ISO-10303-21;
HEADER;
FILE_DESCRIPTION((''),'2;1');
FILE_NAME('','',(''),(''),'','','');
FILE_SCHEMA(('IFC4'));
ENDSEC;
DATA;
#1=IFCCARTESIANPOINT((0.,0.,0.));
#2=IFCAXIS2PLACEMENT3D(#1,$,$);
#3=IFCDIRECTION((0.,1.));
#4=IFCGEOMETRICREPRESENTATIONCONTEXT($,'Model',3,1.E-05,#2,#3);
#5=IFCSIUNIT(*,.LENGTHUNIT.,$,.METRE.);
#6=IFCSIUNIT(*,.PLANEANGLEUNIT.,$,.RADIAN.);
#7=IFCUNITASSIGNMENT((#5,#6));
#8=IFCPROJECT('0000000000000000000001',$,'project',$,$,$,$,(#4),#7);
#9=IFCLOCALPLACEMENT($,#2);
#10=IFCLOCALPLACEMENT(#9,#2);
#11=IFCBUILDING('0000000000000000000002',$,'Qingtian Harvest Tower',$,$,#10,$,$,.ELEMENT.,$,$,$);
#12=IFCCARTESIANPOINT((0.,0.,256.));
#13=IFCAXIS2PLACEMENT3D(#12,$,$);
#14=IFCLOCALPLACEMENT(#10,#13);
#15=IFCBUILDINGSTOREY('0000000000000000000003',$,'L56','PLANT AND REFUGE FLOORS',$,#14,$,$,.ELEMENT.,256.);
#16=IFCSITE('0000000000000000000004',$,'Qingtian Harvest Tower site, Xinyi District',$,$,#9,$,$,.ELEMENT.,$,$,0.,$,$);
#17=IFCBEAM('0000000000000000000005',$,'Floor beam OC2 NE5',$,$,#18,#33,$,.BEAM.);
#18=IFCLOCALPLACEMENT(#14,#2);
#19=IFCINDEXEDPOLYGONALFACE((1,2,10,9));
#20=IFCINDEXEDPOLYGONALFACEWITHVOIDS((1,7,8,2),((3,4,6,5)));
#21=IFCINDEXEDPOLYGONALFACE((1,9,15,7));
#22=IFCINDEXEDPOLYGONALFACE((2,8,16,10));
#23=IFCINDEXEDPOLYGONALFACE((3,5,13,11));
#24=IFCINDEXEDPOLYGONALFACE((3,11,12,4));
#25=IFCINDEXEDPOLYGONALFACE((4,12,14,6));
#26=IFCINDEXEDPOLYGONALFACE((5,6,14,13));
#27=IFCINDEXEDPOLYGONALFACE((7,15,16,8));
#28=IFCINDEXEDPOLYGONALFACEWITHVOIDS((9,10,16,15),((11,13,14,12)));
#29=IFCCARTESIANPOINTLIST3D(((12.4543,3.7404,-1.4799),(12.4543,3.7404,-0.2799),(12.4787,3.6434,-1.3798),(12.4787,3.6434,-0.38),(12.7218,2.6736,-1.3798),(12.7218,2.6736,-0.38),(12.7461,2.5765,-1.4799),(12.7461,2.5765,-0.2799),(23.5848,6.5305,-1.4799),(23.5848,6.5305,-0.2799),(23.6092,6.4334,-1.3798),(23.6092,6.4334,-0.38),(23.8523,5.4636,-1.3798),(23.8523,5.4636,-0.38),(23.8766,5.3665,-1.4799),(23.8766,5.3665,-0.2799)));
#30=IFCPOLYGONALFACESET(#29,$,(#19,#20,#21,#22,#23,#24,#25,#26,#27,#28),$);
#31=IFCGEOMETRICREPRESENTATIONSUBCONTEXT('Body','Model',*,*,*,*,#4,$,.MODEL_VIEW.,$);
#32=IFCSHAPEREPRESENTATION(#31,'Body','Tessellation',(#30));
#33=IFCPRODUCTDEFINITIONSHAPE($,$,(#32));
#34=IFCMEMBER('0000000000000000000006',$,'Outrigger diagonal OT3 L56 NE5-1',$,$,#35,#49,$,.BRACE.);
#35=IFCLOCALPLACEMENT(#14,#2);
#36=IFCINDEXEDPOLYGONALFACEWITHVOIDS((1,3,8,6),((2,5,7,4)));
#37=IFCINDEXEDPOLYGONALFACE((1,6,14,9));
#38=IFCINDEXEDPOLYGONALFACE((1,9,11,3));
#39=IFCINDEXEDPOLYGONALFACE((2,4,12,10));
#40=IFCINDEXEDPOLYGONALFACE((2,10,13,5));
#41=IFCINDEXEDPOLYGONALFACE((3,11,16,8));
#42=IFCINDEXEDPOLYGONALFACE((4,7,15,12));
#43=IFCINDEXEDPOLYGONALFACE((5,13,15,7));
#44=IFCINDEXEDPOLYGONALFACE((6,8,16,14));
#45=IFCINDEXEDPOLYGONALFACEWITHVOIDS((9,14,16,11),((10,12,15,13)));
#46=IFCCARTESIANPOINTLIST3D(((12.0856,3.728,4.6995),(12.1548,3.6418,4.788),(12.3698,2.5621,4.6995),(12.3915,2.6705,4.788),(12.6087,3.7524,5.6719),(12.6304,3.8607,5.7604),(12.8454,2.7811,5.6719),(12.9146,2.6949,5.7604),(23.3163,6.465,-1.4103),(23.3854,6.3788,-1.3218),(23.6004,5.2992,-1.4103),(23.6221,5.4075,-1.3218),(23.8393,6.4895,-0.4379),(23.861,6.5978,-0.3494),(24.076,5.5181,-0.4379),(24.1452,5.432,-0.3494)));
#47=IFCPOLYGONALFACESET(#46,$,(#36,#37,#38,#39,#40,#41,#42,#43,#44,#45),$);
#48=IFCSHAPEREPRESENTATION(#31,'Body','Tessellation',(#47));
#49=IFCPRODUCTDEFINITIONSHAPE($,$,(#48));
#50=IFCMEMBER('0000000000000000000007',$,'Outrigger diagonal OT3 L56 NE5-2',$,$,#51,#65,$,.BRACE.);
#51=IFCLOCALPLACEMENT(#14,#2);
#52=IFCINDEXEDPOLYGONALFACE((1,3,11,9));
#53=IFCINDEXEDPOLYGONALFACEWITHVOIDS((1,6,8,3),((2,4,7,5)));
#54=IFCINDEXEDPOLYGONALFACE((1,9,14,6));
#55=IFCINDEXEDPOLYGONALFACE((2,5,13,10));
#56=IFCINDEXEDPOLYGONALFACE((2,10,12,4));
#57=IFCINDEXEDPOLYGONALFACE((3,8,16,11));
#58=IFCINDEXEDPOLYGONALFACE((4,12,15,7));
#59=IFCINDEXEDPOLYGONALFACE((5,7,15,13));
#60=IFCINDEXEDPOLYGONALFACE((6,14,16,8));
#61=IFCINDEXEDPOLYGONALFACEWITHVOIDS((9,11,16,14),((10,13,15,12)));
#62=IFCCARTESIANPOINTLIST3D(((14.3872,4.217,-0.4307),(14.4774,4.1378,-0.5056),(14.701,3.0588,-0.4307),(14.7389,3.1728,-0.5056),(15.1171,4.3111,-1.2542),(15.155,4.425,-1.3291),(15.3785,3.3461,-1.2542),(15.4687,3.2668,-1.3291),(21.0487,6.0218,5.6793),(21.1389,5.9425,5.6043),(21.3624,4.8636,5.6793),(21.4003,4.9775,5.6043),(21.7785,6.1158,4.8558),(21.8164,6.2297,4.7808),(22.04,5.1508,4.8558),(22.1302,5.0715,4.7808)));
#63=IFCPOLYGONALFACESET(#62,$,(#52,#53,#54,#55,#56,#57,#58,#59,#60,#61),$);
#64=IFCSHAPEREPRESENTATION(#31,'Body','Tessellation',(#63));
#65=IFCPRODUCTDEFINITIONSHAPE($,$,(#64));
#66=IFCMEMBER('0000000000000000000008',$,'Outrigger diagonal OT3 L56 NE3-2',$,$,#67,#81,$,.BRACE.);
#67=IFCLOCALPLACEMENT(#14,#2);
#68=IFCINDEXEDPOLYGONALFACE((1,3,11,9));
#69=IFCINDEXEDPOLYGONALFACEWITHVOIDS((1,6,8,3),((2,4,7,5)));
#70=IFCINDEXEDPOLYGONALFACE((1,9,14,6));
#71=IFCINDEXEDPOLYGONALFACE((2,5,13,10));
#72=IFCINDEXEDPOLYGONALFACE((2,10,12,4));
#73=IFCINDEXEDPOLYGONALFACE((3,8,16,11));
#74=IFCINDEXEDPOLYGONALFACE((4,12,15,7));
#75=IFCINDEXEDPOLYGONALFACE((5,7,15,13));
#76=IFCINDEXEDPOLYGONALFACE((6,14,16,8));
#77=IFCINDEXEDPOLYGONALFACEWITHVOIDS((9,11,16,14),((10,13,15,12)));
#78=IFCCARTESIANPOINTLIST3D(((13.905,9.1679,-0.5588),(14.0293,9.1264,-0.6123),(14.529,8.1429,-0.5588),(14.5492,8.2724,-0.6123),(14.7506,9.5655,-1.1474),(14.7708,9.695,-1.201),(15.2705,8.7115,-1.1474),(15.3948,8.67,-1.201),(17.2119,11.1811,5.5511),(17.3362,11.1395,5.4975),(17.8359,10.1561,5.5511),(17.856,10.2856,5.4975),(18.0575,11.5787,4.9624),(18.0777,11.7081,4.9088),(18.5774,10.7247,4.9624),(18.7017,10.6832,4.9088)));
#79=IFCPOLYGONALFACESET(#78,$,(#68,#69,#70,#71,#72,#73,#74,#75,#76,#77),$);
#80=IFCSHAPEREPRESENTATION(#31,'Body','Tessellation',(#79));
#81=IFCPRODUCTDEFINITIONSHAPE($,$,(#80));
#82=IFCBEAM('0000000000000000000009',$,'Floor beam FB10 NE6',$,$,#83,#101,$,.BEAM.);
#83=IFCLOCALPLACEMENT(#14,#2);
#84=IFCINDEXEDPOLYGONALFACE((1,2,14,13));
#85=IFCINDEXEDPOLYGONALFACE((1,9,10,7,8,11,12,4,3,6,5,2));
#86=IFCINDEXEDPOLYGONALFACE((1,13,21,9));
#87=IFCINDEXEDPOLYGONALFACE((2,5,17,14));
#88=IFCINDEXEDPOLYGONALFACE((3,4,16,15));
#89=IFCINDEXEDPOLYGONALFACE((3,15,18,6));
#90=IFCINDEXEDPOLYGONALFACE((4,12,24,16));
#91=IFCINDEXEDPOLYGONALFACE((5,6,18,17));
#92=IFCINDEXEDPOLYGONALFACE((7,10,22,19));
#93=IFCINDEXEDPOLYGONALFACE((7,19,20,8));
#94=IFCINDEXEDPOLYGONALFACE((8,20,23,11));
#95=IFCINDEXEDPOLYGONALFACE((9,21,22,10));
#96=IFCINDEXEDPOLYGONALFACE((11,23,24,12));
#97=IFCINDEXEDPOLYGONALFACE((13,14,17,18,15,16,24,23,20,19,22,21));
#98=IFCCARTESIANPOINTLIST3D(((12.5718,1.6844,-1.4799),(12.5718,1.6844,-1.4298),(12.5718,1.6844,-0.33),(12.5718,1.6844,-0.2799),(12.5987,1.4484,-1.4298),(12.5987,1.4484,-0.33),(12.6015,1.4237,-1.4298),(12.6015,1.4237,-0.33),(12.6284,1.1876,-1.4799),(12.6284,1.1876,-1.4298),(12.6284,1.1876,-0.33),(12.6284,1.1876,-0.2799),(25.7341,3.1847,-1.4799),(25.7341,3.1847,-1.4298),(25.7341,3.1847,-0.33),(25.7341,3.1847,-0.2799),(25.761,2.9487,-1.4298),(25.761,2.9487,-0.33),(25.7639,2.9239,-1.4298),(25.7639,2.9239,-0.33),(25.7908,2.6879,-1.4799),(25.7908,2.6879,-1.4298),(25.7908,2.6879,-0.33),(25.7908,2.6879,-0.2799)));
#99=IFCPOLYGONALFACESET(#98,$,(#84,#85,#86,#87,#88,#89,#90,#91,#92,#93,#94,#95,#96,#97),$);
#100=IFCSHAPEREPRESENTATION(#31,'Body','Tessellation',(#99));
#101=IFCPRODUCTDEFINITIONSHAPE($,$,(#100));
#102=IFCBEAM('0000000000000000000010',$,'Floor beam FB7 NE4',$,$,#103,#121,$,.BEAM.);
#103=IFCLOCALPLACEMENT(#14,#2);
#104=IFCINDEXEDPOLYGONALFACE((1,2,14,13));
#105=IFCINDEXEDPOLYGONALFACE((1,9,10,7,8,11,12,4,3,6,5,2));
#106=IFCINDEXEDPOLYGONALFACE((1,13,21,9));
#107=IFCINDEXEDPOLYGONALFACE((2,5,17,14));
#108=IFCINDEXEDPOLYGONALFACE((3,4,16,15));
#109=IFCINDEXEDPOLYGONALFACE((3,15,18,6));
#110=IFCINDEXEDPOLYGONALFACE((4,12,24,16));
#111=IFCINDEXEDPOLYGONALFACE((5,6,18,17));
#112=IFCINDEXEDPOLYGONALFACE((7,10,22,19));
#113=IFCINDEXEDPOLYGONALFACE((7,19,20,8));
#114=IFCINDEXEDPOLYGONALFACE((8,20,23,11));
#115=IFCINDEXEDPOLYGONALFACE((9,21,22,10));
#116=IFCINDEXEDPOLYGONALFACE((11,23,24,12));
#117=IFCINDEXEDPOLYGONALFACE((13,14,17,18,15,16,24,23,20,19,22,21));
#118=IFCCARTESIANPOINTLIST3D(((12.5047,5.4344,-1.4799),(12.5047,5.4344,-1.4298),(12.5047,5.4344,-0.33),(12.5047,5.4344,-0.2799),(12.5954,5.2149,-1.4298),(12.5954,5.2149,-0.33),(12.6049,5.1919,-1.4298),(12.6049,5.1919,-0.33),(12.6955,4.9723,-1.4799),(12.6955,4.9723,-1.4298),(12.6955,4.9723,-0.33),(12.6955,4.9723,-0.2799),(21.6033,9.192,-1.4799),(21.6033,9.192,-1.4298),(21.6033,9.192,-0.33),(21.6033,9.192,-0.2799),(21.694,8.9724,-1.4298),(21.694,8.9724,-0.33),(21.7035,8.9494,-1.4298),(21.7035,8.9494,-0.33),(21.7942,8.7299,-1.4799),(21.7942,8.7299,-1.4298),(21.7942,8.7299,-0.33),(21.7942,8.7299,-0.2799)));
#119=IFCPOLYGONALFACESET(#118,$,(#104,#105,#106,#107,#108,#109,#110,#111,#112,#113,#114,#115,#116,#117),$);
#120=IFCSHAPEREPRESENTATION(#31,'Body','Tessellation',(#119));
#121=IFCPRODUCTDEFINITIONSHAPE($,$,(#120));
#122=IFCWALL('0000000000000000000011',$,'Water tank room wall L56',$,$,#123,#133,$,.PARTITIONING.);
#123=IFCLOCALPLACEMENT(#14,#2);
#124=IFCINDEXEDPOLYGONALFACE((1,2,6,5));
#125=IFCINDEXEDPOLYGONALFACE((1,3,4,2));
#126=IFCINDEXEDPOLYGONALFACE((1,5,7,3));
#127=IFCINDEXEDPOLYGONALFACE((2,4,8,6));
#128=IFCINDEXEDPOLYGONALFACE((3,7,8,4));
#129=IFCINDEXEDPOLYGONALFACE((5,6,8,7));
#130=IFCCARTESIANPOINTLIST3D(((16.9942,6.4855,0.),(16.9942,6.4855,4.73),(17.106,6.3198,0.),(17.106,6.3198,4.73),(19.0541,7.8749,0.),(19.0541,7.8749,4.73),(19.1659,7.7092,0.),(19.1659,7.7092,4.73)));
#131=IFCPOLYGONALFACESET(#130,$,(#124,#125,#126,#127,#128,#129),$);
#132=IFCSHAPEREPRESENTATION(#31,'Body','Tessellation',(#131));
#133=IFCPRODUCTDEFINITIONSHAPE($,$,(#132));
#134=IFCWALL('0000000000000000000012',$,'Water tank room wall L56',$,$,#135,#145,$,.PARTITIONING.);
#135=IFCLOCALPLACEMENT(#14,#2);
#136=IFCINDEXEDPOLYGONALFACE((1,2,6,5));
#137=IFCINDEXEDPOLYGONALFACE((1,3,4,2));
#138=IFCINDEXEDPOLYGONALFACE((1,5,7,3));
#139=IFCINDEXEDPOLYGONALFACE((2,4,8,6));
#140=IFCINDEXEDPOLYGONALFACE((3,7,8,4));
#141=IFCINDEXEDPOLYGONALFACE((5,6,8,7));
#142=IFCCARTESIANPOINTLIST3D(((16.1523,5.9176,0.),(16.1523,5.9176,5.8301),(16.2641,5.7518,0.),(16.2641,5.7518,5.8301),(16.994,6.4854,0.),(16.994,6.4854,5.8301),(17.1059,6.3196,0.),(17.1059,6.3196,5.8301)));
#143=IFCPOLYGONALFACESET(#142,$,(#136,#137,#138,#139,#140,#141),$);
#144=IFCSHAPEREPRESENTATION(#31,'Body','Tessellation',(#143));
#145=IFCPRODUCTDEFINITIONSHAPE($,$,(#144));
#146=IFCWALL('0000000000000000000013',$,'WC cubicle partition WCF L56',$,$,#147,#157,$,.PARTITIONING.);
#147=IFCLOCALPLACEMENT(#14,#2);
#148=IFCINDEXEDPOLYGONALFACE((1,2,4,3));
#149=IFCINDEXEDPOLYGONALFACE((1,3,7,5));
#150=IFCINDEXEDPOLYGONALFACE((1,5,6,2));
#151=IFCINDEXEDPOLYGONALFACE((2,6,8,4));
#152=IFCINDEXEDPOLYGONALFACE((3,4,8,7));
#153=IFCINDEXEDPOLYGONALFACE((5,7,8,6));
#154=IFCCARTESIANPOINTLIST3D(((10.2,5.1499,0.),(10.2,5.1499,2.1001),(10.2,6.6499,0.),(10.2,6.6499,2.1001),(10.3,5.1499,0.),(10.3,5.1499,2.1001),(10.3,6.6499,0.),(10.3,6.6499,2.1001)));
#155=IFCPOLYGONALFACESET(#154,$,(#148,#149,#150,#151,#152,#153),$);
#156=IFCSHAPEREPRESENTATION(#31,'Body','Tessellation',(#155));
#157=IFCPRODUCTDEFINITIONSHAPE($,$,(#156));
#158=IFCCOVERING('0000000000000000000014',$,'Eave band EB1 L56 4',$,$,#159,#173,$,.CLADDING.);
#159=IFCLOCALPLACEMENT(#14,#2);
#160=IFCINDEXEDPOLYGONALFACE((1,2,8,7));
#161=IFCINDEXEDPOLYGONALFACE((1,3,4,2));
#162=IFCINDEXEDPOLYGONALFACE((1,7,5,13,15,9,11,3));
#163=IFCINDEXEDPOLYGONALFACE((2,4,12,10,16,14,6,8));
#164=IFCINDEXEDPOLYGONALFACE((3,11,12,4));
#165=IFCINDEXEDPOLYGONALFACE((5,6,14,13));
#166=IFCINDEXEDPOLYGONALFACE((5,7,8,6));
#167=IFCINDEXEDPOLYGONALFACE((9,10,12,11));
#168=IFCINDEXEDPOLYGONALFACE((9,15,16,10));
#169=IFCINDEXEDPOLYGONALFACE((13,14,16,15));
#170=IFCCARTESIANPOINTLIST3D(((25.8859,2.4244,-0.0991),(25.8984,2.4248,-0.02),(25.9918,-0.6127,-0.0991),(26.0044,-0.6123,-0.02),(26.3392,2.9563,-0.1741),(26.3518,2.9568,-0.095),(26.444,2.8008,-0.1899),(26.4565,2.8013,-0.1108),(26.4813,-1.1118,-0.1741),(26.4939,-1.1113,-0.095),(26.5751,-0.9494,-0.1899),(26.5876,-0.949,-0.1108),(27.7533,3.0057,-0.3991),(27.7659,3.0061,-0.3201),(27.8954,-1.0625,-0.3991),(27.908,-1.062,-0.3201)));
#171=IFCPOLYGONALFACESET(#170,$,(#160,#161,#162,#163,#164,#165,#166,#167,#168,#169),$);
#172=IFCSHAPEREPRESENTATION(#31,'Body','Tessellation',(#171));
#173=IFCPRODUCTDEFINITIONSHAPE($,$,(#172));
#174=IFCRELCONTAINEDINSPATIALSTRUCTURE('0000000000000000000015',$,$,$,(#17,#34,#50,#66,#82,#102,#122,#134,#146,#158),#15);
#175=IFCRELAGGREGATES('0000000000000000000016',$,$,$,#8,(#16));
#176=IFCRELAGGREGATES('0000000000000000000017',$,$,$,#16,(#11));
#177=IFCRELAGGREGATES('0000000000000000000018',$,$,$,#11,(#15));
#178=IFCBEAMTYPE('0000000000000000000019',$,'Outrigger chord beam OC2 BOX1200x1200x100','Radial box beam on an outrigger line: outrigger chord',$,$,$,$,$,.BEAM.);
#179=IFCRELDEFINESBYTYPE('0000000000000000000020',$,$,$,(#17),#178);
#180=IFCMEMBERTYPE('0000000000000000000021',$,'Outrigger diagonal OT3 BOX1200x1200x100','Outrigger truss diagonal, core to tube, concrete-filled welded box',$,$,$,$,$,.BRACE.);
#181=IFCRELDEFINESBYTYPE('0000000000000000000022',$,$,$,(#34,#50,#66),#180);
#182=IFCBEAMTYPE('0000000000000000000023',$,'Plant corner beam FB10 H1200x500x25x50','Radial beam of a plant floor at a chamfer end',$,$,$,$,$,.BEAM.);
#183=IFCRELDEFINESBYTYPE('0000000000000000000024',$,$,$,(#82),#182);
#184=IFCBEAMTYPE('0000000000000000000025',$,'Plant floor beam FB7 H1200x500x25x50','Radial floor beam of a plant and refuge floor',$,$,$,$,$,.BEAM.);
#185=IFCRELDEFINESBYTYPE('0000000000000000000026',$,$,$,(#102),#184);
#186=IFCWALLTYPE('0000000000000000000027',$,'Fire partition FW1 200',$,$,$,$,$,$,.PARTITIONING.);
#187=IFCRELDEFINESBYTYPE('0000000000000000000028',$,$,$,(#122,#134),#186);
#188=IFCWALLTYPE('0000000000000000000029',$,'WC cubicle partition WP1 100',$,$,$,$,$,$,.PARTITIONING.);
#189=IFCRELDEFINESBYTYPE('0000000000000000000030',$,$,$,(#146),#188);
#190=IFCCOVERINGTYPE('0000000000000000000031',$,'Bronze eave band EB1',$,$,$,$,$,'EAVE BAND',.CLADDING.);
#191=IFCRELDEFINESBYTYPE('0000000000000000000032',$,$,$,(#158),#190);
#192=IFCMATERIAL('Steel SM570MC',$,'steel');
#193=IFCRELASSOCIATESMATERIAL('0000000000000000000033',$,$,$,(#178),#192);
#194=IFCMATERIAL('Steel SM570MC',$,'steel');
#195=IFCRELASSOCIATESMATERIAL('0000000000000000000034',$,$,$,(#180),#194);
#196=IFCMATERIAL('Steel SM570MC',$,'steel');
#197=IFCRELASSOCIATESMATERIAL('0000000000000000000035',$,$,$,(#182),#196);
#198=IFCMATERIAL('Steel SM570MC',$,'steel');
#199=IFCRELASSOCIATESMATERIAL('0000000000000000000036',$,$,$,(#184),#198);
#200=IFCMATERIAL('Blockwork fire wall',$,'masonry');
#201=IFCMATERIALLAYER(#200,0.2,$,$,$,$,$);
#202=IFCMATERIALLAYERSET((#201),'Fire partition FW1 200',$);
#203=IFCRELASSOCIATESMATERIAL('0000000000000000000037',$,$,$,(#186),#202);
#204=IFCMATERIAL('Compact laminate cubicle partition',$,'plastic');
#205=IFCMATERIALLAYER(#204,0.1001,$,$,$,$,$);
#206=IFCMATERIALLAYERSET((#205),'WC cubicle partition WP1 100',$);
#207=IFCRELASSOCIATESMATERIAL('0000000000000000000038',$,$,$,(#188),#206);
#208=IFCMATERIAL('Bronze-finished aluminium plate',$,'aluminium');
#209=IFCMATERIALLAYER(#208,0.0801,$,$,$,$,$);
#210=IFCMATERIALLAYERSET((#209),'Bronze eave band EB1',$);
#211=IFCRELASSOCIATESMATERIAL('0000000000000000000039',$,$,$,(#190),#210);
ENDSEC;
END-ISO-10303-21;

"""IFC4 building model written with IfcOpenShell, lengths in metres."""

from ifc_helpers import new_model, si_unit, direction, frame, frame_2d, origin, origin_2d, place, context, subcontext, project, spatial, polyline, rectangle, hollow_rectangle, i_section, outline, extrude, material, layer, layer_set, material_profile, profile_set, type_object, element, save


model = new_model("IFC4")

# Units and contexts
model_context = context("Model", 3, precision=1e-05, world=origin(), true_north=direction((0.0, 1.0)))
body_context = subcontext(model_context, "Body", "Model", "MODEL_VIEW")
ifc_project = project(units=[si_unit("LENGTHUNIT", "METRE"), si_unit("PLANEANGLEUNIT", "RADIAN")], contexts=[model_context])

# Site, building, storey
site_placement = place(None, origin())
site = spatial("IfcSite", under=ifc_project, at=site_placement, Name="Qingtian Harvest Tower site, Xinyi District", CompositionType="ELEMENT", RefElevation=0.0)
building_placement = place(site_placement, origin())
building = spatial("IfcBuilding", under=site, at=building_placement, Name="Qingtian Harvest Tower", CompositionType="ELEMENT")
storey_placement = place(building_placement, frame((0.0, 0.0, 256.0)))
storey = spatial("IfcBuildingStorey", under=building, at=storey_placement, Name="L56", Description="PLANT AND REFUGE FLOORS", CompositionType="ELEMENT", Elevation=256.0)

# Beam
ifc_material_1 = material(Name="Steel SM570MC", Category="steel")
ifc_material_profile_1 = material_profile(ifc_material_1, hollow_rectangle(XDim=1.2, YDim=1.2, WallThickness=0.1001, at=origin_2d()), Name="BOX1200x1200x100")
ifc_profile_set_1 = profile_set([ifc_material_profile_1], Name="Steel SM570MC")
beam_type_1 = type_object("IfcBeamType", Name="Outrigger chord beam OC2 BOX1200x1200x100", Description="Radial box beam on an outrigger line: outrigger chord", PredefinedType="BEAM", material=ifc_profile_set_1)
beam_1_placement = place(storey_placement, frame((23.7307, 5.9485, -0.8799), z_axis=(-0.969991, -0.243141, 0.0), x_axis=(0.243141, -0.969991, 0.0)))
element("IfcBeam", 1, at=beam_1_placement, inside=storey, type_object=beam_type_1, Name="Floor beam OC2 NE5", PredefinedType="BEAM", context=body_context, shape_type="SweptSolid", body=[
    extrude(hollow_rectangle(XDim=1.2, YDim=1.2, WallThickness=0.1001, at=origin_2d()), origin(), (0.0, 0.0, 1.0), 11.4749),
])

# Members
ifc_material_2 = material(Name="Steel SM570MC", Category="steel")
ifc_material_profile_2 = material_profile(ifc_material_2, hollow_rectangle(XDim=1.2, YDim=1.2, WallThickness=0.1001, at=origin_2d()), Name="BOX1200x1200x100")
ifc_profile_set_2 = profile_set([ifc_material_profile_2], Name="Steel SM570MC")
member_type_1 = type_object("IfcMemberType", Name="Outrigger diagonal OT3 BOX1200x1200x100", Description="Outrigger truss diagonal, core to tube, concrete-filled welded box", PredefinedType="BRACE", material=ifc_profile_set_2)
member_1_placement = place(storey_placement, frame((23.7307, 5.9485, -0.8799), z_axis=(-0.858958, -0.209338, 0.4673), x_axis=(0.236782, -0.971563, 0.0)))
element("IfcMember", 2, at=member_1_placement, inside=storey, type_object=member_type_1, Name="Outrigger diagonal OT3 L56 NE5-1", PredefinedType="BRACE", context=body_context, shape_type="SweptSolid", body=[
    extrude(hollow_rectangle(XDim=1.2, YDim=1.2, WallThickness=0.1001, at=origin_2d()), origin(), (0.0, 0.0, 1.0), 13.0747),
])
member_2_placement = place(storey_placement, frame((14.928, 3.7419, -0.8799), z_axis=(0.722692, 0.19579, 0.662859), x_axis=(-0.261492, 0.965206, 0.0)))
element("IfcMember", 3, at=member_2_placement, inside=storey, type_object=member_type_1, Name="Outrigger diagonal OT3 L56 NE5-2", PredefinedType="BRACE", context=body_context, shape_type="SweptSolid", body=[
    extrude(hollow_rectangle(XDim=1.2, YDim=1.2, WallThickness=0.1001, at=origin_2d()), origin(), (0.0, 0.0, 1.0), 9.2175),
])
member_3_placement = place(storey_placement, frame((14.6499, 8.9189, -0.8799), z_axis=(0.457183, 0.278326, 0.8447), x_axis=(-0.520003, 0.854164, 0.0)))
element("IfcMember", 4, at=member_3_placement, inside=storey, type_object=member_type_1, Name="Outrigger diagonal OT3 L56 NE3-2", PredefinedType="BRACE", context=body_context, shape_type="SweptSolid", body=[
    extrude(hollow_rectangle(XDim=1.2, YDim=1.2, WallThickness=0.1001, at=origin_2d()), origin(), (0.0, 0.0, 1.0), 7.2332),
])

# Beams
ifc_material_3 = material(Name="Steel SM570MC", Category="steel")
ifc_material_profile_3 = material_profile(ifc_material_3, i_section(OverallWidth=0.5, OverallDepth=1.2, WebThickness=0.0249, FlangeThickness=0.05, at=origin_2d()), Name="H1200x500x25x50")
ifc_profile_set_3 = profile_set([ifc_material_profile_3], Name="Steel SM570MC")
beam_type_2 = type_object("IfcBeamType", Name="Plant corner beam FB10 H1200x500x25x50", Description="Radial beam of a plant floor at a chamfer end", PredefinedType="BEAM", material=ifc_profile_set_3)
beam_2_placement = place(storey_placement, frame((25.7625, 2.9363, -0.8799), z_axis=(-0.993567, -0.113247, 0.0), x_axis=(0.113247, -0.993567, 0.0)))
element("IfcBeam", 5, at=beam_2_placement, inside=storey, type_object=beam_type_2, Name="Floor beam FB10 NE6", PredefinedType="BEAM", context=body_context, shape_type="SweptSolid", body=[
    extrude(i_section(OverallWidth=0.5, OverallDepth=1.2, WebThickness=0.0249, FlangeThickness=0.05, at=origin_2d()), origin(), (0.0, 0.0, 1.0), 13.2476),
])
ifc_material_4 = material(Name="Steel SM570MC", Category="steel")
ifc_material_profile_4 = material_profile(ifc_material_4, i_section(OverallWidth=0.5, OverallDepth=1.2, WebThickness=0.0249, FlangeThickness=0.05, at=origin_2d()), Name="H1200x500x25x50")
ifc_profile_set_4 = profile_set([ifc_material_profile_4], Name="Steel SM570MC")
beam_type_3 = type_object("IfcBeamType", Name="Plant floor beam FB7 H1200x500x25x50", Description="Radial floor beam of a plant and refuge floor", PredefinedType="BEAM", material=ifc_profile_set_4)
beam_3_placement = place(storey_placement, frame((21.6987, 8.9609, -0.8799), z_axis=(-0.924282, -0.381711, 0.0), x_axis=(0.381711, -0.924282, 0.0)))
element("IfcBeam", 6, at=beam_3_placement, inside=storey, type_object=beam_type_3, Name="Floor beam FB7 NE4", PredefinedType="BEAM", context=body_context, shape_type="SweptSolid", body=[
    extrude(i_section(OverallWidth=0.5, OverallDepth=1.2, WebThickness=0.0249, FlangeThickness=0.05, at=origin_2d()), origin(), (0.0, 0.0, 1.0), 9.844),
])

# Wall
ifc_material_5 = material(Name="Blockwork fire wall", Category="masonry")
ifc_layer_1 = layer(ifc_material_5, 0.2)
ifc_layer_set_1 = layer_set([ifc_layer_1], Name="Fire partition FW1 200")
wall_type_1 = type_object("IfcWallType", Name="Fire partition FW1 200", PredefinedType="PARTITIONING", material=ifc_layer_set_1)
wall_1_placement = place(storey_placement, frame((19.1099, 7.792, 0.0), z_axis=(0.0, 0.0, 1.0), x_axis=(-0.82903, -0.559204, 0.0)))
element("IfcWall", 7, at=wall_1_placement, inside=storey, type_object=wall_type_1, Name="Water tank room wall L56", PredefinedType="PARTITIONING", context=body_context, shape_type="SweptSolid", body=[
    extrude(rectangle(XDim=2.4846, YDim=0.2, at=frame_2d((1.2422, 0.0))), origin(), (0.0, 0.0, 1.0), 4.73),
])

# Walls
wall_2_placement = place(storey_placement, frame((17.05, 6.4026, 0.0), z_axis=(0.0, 0.0, 1.0), x_axis=(-0.829005, -0.559242, 0.0)))
element("IfcWall", 8, at=wall_2_placement, inside=storey, type_object=wall_type_1, Name="Water tank room wall L56", PredefinedType="PARTITIONING", context=body_context, shape_type="SweptSolid", body=[
    extrude(rectangle(XDim=1.0154, YDim=0.2, at=frame_2d((0.5078, 0.0))), origin(), (0.0, 0.0, 1.0), 5.8301),
])
ifc_material_6 = material(Name="Compact laminate cubicle partition", Category="plastic")
ifc_layer_2 = layer(ifc_material_6, 0.1001)
ifc_layer_set_2 = layer_set([ifc_layer_2], Name="WC cubicle partition WP1 100")
wall_type_2 = type_object("IfcWallType", Name="WC cubicle partition WP1 100", PredefinedType="PARTITIONING", material=ifc_layer_set_2)
wall_3_placement = place(storey_placement, frame((10.25, 5.1499, 0.0), z_axis=(0.0, 0.0, 1.0), x_axis=(0.0, 1.0, 0.0)))
element("IfcWall", 9, at=wall_3_placement, inside=storey, type_object=wall_type_2, Name="WC cubicle partition WCF L56", PredefinedType="PARTITIONING", context=body_context, shape_type="SweptSolid", body=[
    extrude(rectangle(XDim=1.5, YDim=0.1001, at=frame_2d((0.75, 0.0))), origin(), (0.0, 0.0, 1.0), 2.1001),
])

# Covering
ifc_material_7 = material(Name="Bronze-finished aluminium plate", Category="aluminium")
ifc_layer_3 = layer(ifc_material_7, 0.0801)
ifc_layer_set_3 = layer_set([ifc_layer_3], Name="Bronze eave band EB1")
covering_type = type_object("IfcCoveringType", Name="Bronze eave band EB1", ElementType="EAVE BAND", PredefinedType="CLADDING", material=ifc_layer_set_3)
covering_placement = place(storey_placement, frame((25.8984, 2.4248, -0.02), z_axis=(0.15697, 0.005482, 0.987588), x_axis=(0.821588, 0.554191, -0.133662)))
element("IfcCovering", 10, at=covering_placement, inside=storey, type_object=covering_type, Name="Eave band EB1 L56 4", PredefinedType="CLADDING", context=body_context, shape_type="SweptSolid", body=[
    extrude(outline(polyline([(0.0, 0.0), (0.6793, 0.0), (0.6773, 0.1882), (1.8965, -0.5643), (-0.2413, -4.0284), (-1.4605, -3.2759), (-1.2913, -3.1934), (-1.5961, -2.5861), (0.0, 0.0)])), origin(), (0.0, 0.0, -1.0), 0.0801),
])

save(model, "model.ifc")
